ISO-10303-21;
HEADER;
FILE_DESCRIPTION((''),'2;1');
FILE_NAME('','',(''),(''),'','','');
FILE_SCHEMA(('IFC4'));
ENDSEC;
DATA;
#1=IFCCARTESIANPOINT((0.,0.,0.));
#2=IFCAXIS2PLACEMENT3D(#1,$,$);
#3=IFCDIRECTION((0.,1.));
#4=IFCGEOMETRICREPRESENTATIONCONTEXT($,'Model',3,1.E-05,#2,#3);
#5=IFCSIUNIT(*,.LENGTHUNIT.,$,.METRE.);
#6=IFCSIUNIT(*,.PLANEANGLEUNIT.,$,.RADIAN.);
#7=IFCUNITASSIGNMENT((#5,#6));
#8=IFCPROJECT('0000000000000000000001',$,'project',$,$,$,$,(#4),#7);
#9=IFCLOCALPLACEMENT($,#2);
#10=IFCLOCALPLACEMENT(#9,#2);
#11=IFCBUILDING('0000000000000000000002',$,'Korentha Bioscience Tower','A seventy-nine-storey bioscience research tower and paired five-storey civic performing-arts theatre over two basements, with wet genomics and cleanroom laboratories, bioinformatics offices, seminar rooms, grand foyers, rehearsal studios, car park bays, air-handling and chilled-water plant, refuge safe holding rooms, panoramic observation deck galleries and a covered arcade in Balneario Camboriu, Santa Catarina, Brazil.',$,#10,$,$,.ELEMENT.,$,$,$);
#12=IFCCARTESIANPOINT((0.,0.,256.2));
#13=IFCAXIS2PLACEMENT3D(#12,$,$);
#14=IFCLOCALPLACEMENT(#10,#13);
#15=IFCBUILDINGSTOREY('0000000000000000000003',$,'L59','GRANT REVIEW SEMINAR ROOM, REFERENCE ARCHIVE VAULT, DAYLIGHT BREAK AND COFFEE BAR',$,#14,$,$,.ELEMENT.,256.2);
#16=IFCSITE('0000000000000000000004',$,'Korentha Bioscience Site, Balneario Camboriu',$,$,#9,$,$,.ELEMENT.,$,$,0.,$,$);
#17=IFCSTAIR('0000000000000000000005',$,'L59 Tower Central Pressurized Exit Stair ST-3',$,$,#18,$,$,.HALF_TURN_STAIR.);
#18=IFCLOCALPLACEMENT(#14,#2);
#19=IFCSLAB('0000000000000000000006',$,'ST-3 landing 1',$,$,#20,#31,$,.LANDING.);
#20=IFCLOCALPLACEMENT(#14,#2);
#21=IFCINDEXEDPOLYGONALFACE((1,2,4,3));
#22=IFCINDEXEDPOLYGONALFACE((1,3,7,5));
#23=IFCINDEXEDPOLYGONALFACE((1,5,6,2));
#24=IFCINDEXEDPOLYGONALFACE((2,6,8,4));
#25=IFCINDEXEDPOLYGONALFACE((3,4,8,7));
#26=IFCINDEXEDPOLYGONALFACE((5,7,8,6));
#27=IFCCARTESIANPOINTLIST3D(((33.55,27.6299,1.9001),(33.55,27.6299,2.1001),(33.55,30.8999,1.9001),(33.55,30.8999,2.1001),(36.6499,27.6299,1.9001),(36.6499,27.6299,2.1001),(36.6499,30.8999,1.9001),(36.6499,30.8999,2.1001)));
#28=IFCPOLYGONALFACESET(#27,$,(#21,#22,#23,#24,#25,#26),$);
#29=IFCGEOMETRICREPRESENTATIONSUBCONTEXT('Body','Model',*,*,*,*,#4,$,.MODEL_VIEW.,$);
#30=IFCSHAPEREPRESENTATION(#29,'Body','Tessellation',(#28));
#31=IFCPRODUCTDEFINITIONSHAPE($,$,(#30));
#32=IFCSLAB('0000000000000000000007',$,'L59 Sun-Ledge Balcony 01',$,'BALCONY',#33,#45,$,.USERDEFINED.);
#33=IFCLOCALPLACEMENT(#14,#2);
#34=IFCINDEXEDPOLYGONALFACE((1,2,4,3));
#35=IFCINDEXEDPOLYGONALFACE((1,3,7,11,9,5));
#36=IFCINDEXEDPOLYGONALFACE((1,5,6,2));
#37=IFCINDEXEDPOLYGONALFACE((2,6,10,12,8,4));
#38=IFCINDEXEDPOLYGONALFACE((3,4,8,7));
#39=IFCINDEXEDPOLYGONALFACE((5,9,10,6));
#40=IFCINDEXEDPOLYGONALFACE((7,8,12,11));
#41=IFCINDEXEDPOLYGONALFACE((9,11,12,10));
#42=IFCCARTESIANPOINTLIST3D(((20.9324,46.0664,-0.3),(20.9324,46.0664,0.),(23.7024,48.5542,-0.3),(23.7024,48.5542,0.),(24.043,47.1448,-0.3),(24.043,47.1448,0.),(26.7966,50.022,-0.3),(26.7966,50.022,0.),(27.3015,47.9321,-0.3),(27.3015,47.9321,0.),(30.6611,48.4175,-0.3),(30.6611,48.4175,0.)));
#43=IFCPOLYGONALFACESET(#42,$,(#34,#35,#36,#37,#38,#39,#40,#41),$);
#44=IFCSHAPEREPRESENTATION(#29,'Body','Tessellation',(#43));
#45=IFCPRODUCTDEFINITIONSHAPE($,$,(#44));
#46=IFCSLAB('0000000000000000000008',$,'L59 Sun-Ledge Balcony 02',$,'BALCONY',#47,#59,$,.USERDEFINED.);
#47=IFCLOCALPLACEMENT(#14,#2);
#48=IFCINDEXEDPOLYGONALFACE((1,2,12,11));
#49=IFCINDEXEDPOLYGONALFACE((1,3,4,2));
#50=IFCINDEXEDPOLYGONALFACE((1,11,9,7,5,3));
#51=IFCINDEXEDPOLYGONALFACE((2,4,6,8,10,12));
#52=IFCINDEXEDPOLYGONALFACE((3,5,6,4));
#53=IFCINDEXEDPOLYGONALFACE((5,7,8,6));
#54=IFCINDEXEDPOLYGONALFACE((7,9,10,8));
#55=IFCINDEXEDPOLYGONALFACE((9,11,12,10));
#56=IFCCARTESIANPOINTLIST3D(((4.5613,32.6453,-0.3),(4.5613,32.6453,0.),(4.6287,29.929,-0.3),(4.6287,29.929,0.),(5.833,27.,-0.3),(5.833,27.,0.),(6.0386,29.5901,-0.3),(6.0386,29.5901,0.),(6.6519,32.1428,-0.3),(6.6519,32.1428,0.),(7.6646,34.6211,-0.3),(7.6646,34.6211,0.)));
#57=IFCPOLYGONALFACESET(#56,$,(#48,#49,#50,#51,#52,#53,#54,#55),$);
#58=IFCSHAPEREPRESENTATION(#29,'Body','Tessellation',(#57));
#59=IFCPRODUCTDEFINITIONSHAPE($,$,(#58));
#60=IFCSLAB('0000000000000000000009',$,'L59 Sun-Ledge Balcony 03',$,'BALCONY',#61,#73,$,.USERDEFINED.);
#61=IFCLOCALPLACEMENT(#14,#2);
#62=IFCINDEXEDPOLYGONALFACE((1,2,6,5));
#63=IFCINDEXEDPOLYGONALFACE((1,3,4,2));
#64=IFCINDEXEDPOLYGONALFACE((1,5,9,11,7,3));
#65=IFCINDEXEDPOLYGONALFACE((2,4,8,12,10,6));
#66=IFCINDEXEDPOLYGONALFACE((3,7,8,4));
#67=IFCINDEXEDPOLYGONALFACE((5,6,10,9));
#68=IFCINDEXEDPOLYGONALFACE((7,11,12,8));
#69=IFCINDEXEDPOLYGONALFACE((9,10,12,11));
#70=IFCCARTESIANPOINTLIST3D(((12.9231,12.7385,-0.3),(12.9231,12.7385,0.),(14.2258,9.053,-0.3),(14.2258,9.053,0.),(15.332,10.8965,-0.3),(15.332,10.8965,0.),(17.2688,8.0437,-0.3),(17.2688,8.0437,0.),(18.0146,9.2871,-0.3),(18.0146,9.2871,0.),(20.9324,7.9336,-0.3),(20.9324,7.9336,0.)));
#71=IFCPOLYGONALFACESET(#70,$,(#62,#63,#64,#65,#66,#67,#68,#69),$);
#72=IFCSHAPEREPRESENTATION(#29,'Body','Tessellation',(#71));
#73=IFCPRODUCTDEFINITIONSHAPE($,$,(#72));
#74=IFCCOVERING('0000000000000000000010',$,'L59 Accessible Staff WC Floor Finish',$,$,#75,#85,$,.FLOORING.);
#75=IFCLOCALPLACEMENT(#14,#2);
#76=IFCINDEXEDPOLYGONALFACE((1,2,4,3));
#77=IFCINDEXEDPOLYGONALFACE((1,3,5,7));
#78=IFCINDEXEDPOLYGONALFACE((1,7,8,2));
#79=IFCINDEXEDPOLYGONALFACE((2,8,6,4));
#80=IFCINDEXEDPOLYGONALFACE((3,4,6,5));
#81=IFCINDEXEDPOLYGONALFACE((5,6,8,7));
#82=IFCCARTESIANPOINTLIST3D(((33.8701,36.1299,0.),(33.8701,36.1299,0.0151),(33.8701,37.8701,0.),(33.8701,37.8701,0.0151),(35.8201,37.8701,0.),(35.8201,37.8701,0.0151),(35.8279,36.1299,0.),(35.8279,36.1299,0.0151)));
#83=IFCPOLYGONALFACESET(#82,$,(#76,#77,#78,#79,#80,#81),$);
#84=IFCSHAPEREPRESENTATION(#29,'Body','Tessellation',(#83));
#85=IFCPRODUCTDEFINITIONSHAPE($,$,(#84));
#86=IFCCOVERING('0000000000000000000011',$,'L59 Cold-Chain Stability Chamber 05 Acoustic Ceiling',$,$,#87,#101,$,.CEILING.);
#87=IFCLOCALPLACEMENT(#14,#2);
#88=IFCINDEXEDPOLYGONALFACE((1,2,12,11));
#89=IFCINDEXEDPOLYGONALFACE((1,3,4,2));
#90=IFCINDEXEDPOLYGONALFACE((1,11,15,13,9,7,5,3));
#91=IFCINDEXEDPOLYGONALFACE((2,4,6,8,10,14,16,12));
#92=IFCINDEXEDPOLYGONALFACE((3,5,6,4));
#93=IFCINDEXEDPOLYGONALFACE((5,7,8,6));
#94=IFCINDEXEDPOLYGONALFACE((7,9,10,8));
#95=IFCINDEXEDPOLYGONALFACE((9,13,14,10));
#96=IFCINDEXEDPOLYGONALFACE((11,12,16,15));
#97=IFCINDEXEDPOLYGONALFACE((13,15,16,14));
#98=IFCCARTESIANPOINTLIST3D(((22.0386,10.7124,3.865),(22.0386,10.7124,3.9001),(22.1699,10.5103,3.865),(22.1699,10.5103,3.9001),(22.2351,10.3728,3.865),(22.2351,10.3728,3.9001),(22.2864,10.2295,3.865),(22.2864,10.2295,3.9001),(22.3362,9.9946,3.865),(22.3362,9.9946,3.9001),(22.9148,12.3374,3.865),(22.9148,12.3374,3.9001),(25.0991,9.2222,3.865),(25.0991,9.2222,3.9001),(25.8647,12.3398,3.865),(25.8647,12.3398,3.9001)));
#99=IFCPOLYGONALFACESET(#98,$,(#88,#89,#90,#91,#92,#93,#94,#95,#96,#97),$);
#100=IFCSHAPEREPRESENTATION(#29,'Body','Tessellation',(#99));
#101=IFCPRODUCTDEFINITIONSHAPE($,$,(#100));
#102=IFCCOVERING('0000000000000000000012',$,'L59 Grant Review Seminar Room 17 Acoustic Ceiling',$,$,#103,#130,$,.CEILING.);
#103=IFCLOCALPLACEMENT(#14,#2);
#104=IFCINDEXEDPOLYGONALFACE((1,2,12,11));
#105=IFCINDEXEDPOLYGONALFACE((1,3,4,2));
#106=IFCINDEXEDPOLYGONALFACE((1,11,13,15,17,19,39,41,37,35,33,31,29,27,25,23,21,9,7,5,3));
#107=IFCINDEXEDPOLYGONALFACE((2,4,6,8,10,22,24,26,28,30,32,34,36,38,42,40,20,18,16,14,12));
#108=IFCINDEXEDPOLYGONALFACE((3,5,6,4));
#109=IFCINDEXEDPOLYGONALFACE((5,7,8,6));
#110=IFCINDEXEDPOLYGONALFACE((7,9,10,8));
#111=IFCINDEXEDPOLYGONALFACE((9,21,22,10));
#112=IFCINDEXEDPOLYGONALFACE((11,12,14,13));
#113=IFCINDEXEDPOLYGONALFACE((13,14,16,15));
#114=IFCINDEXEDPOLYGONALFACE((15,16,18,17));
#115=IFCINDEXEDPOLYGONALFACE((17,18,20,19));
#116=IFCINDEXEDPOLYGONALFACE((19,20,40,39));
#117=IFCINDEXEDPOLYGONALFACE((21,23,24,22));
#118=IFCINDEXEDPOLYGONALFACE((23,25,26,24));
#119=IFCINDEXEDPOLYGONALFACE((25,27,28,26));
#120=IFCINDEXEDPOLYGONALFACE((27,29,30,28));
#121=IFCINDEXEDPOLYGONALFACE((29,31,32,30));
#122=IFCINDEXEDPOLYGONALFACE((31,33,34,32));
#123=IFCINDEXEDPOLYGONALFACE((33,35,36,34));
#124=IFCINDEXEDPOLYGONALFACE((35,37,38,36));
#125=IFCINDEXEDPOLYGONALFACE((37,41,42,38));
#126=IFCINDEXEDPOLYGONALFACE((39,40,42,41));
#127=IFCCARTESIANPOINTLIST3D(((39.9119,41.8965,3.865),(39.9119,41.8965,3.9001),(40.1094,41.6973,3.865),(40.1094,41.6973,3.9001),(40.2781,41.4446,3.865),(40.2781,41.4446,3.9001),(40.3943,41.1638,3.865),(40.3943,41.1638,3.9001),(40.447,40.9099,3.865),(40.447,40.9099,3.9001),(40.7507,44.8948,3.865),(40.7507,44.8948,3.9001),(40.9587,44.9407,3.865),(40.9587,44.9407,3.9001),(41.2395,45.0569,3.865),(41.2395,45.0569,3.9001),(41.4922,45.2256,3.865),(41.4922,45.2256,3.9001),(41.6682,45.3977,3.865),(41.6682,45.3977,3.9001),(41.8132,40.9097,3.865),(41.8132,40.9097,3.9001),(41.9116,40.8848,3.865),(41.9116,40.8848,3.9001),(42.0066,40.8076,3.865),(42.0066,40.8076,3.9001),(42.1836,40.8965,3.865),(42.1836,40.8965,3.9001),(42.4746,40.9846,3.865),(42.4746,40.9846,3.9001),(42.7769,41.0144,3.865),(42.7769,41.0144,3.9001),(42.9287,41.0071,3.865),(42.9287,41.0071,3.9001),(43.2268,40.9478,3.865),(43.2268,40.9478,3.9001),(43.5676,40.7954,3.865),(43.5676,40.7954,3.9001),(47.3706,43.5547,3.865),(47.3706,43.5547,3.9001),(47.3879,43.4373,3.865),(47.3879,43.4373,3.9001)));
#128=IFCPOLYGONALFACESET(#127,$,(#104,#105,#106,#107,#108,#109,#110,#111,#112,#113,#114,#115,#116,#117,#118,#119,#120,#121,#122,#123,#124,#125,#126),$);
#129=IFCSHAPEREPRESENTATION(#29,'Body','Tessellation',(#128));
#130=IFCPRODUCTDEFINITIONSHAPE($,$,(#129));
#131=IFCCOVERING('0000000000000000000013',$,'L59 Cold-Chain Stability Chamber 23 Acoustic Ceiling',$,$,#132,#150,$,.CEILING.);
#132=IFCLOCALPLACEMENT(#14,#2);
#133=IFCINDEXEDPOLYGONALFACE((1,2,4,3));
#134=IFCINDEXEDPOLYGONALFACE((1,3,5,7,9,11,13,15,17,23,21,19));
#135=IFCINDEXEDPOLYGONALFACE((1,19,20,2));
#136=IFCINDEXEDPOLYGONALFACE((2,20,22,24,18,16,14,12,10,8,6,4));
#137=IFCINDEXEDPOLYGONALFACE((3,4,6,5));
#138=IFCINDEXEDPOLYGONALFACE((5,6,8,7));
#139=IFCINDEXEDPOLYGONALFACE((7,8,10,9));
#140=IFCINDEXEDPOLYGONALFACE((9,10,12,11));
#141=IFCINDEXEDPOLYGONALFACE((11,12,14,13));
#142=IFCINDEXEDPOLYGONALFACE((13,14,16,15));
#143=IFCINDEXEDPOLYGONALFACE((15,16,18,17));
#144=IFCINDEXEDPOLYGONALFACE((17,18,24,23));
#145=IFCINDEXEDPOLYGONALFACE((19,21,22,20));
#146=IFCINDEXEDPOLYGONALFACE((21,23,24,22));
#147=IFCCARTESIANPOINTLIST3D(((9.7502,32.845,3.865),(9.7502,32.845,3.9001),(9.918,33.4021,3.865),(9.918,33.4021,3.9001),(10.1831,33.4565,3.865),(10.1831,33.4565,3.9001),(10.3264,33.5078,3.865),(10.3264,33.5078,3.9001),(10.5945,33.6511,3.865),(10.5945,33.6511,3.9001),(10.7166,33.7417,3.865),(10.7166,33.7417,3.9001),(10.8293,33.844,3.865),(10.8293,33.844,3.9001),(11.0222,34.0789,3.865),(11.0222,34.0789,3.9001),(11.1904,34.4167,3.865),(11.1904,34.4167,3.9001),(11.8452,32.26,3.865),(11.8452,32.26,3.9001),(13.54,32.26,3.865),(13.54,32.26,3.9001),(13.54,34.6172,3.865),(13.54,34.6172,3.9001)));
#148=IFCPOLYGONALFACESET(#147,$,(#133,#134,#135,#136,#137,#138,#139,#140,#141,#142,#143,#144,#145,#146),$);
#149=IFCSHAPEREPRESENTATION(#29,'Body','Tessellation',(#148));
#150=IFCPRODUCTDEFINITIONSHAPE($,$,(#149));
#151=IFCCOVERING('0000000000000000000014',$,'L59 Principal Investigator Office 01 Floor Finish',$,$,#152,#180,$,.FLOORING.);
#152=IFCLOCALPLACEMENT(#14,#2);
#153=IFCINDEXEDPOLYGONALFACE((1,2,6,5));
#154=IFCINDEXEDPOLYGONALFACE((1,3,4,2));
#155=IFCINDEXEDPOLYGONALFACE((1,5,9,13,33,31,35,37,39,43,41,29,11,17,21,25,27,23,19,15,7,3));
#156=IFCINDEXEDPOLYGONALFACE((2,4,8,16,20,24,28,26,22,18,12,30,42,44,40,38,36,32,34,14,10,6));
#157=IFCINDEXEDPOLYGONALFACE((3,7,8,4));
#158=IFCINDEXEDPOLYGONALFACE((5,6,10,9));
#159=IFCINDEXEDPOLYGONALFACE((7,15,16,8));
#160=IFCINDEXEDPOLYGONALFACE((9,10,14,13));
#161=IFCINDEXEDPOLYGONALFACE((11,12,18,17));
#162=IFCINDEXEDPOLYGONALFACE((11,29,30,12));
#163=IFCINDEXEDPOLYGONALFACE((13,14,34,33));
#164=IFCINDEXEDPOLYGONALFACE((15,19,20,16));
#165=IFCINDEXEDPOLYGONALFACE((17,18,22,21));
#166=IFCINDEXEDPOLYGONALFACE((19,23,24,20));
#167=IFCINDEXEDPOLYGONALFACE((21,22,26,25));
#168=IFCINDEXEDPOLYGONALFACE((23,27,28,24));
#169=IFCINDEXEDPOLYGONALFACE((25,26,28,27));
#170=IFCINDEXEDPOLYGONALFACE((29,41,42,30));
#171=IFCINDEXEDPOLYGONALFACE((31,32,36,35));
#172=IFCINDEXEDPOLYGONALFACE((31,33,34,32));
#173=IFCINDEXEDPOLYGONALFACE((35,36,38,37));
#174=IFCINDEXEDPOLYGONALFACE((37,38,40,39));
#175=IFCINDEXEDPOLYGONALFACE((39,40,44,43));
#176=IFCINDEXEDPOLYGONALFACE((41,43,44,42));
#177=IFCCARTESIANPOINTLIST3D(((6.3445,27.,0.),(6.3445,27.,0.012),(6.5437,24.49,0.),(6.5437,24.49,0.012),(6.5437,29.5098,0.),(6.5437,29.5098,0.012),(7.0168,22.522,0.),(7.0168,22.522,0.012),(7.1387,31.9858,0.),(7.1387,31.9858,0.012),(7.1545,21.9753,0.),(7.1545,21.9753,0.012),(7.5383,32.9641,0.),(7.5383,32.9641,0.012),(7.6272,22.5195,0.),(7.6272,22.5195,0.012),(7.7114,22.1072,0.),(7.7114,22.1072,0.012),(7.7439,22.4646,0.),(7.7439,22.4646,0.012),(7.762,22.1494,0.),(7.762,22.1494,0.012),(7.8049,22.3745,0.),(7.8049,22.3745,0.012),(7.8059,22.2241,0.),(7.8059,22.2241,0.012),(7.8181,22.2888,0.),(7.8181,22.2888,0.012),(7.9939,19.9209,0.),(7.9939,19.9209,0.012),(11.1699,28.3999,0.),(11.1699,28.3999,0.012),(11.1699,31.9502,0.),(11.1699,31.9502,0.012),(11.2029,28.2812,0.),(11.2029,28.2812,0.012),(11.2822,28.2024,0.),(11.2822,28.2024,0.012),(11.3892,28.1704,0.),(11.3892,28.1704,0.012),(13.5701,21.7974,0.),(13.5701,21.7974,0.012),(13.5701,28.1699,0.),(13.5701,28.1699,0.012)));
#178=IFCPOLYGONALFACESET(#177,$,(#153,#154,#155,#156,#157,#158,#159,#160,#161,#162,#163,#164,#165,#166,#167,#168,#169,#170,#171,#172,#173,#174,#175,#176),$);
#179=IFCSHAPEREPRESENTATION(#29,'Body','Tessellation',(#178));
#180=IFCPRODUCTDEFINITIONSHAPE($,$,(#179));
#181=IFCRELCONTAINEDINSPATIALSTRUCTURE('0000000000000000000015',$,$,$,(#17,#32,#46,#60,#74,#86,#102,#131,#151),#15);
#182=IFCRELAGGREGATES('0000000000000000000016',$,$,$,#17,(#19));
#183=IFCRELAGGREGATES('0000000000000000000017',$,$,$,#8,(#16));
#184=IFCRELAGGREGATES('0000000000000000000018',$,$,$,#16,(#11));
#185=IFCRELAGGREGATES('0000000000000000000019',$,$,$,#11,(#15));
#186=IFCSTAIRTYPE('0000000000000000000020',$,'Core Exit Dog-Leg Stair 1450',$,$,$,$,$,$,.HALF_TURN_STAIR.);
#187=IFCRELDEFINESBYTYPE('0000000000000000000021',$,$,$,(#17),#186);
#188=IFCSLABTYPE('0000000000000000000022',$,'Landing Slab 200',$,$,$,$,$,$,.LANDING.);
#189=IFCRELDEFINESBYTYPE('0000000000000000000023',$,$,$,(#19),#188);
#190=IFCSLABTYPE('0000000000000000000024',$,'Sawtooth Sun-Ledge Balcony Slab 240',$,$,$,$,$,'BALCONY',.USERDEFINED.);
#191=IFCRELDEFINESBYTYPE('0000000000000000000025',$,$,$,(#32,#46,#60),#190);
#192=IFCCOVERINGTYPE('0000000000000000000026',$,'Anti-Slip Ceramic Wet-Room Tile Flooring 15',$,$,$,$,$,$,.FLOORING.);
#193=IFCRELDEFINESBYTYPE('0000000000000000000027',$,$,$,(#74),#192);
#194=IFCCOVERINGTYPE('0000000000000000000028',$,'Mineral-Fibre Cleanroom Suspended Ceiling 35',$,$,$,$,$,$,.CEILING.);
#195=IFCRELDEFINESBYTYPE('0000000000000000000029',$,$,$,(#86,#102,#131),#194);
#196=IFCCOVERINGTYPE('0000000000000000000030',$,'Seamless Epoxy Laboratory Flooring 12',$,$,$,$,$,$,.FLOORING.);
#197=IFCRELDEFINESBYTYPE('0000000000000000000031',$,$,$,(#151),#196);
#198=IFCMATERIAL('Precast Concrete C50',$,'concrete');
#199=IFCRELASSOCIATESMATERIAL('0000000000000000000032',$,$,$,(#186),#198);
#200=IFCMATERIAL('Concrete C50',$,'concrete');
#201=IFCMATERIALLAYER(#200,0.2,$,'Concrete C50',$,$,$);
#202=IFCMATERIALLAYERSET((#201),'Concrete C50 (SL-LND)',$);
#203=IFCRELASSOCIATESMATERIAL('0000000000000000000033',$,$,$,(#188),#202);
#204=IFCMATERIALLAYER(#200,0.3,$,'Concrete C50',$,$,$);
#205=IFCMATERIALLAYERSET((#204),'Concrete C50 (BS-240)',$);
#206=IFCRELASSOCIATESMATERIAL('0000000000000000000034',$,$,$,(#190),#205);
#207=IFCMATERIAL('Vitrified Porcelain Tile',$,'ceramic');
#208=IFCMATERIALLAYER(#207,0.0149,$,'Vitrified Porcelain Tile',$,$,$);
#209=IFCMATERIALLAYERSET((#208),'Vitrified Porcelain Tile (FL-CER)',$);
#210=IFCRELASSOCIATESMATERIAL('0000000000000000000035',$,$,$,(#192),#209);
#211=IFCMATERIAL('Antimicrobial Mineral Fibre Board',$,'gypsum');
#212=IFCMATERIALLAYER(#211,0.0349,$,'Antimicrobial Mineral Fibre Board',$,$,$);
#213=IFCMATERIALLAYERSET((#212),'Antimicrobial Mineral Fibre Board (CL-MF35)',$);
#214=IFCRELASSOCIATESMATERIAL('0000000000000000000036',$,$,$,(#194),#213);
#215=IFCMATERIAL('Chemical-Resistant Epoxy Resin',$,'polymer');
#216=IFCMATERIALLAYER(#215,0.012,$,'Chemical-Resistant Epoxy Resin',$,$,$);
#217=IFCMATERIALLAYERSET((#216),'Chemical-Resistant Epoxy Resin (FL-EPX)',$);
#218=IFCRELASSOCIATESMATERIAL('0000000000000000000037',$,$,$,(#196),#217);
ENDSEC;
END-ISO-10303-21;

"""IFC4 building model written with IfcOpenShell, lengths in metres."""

from ifc_helpers import new_model, si_unit, direction, frame, origin, place, context, subcontext, project, spatial, polyline, outline, extrude, material, layer, layer_set, type_object, element, aggregate, save


model = new_model("IFC4")

# Units and contexts
model_context = context("Model", 3, precision=1e-05, world=origin(), true_north=direction((0.0, 1.0)))
body_context = subcontext(model_context, "Body", "Model", "MODEL_VIEW")
ifc_project = project(units=[si_unit("LENGTHUNIT", "METRE"), si_unit("PLANEANGLEUNIT", "RADIAN")], contexts=[model_context])

# Site, building, storey
site_placement = place(None, origin())
site = spatial("IfcSite", under=ifc_project, at=site_placement, Name="Korentha Bioscience Site, Balneario Camboriu", CompositionType="ELEMENT", RefElevation=0.0)
building_placement = place(site_placement, origin())
building = spatial("IfcBuilding", under=site, at=building_placement, Name="Korentha Bioscience Tower", Description="A seventy-nine-storey bioscience research tower and paired five-storey civic performing-arts theatre over two basements, with wet genomics and cleanroom laboratories, bioinformatics offices, seminar rooms, grand foyers, rehearsal studios, car park bays, air-handling and chilled-water plant, refuge safe holding rooms, panoramic observation deck galleries and a covered arcade in Balneario Camboriu, Santa Catarina, Brazil.", CompositionType="ELEMENT")
storey_placement = place(building_placement, frame((0.0, 0.0, 256.2)))
storey = spatial("IfcBuildingStorey", under=building, at=storey_placement, Name="L59", Description="GRANT REVIEW SEMINAR ROOM, REFERENCE ARCHIVE VAULT, DAYLIGHT BREAK AND COFFEE BAR", CompositionType="ELEMENT", Elevation=256.2)

# Shared definitions
ifc_material_1 = material(Name="Concrete C50", Category="concrete")

# Stair, slab
ifc_material_2 = material(Name="Precast Concrete C50", Category="concrete")
stair_type = type_object("IfcStairType", Name="Core Exit Dog-Leg Stair 1450", PredefinedType="HALF_TURN_STAIR", material=ifc_material_2)
ifc_layer_1 = layer(ifc_material_1, 0.2, Name="Concrete C50")
ifc_layer_set_1 = layer_set([ifc_layer_1], Name="Concrete C50 (SL-LND)")
slab_type_1 = type_object("IfcSlabType", Name="Landing Slab 200", PredefinedType="LANDING", material=ifc_layer_set_1)
stair_1_placement = place(storey_placement, origin())
stair_1 = element("IfcStair", 1, at=stair_1_placement, inside=storey, type_object=stair_type, Name="L59 Tower Central Pressurized Exit Stair ST-3", PredefinedType="HALF_TURN_STAIR")
slab_1_placement = place(storey_placement, frame((0.0, 0.0, 1.9001)))
slab_1 = element("IfcSlab", 2, at=slab_1_placement, type_object=slab_type_1, Name="ST-3 landing 1", PredefinedType="LANDING", context=body_context, shape_type="SweptSolid", body=[
    extrude(outline(polyline([(36.6499, 27.6299), (36.6499, 30.8999), (33.55, 30.8999), (33.55, 27.6299), (36.6499, 27.6299)])), origin(), (0.0, 0.0, 1.0), 0.2),
])
aggregate(stair_1, [slab_1])

# Slabs
ifc_layer_2 = layer(ifc_material_1, 0.3, Name="Concrete C50")
ifc_layer_set_2 = layer_set([ifc_layer_2], Name="Concrete C50 (BS-240)")
slab_type_2 = type_object("IfcSlabType", Name="Sawtooth Sun-Ledge Balcony Slab 240", ElementType="BALCONY", PredefinedType="USERDEFINED", material=ifc_layer_set_2)
slab_2_placement = place(storey_placement, frame((0.0, 0.0, -0.3)))
element("IfcSlab", 3, at=slab_2_placement, inside=storey, type_object=slab_type_2, Name="L59 Sun-Ledge Balcony 01", ObjectType="BALCONY", PredefinedType="USERDEFINED", context=body_context, shape_type="SweptSolid", body=[
    extrude(outline(polyline([(20.9324, 46.0664), (24.043, 47.1448), (27.3015, 47.9321), (30.6611, 48.4175), (26.7966, 50.022), (23.7024, 48.5542), (20.9324, 46.0664)])), origin(), (0.0, 0.0, 1.0), 0.3),
])
slab_3_placement = place(storey_placement, frame((0.0, 0.0, -0.3)))
element("IfcSlab", 4, at=slab_3_placement, inside=storey, type_object=slab_type_2, Name="L59 Sun-Ledge Balcony 02", ObjectType="BALCONY", PredefinedType="USERDEFINED", context=body_context, shape_type="SweptSolid", body=[
    extrude(outline(polyline([(5.833, 27.0), (6.0386, 29.5901), (6.6519, 32.1428), (7.6646, 34.6211), (4.5613, 32.6453), (4.6287, 29.929), (5.833, 27.0)])), origin(), (0.0, 0.0, 1.0), 0.3),
])
slab_4_placement = place(storey_placement, frame((0.0, 0.0, -0.3)))
element("IfcSlab", 5, at=slab_4_placement, inside=storey, type_object=slab_type_2, Name="L59 Sun-Ledge Balcony 03", ObjectType="BALCONY", PredefinedType="USERDEFINED", context=body_context, shape_type="SweptSolid", body=[
    extrude(outline(polyline([(20.9324, 7.9336), (18.0146, 9.2871), (15.332, 10.8965), (12.9231, 12.7385), (14.2258, 9.053), (17.2688, 8.0437), (20.9324, 7.9336)])), origin(), (0.0, 0.0, 1.0), 0.3),
])

# Coverings
ifc_material_3 = material(Name="Vitrified Porcelain Tile", Category="ceramic")
ifc_layer_3 = layer(ifc_material_3, 0.0149, Name="Vitrified Porcelain Tile")
ifc_layer_set_3 = layer_set([ifc_layer_3], Name="Vitrified Porcelain Tile (FL-CER)")
covering_type_1 = type_object("IfcCoveringType", Name="Anti-Slip Ceramic Wet-Room Tile Flooring 15", PredefinedType="FLOORING", material=ifc_layer_set_3)
covering_1_placement = place(storey_placement, origin())
element("IfcCovering", 6, at=covering_1_placement, inside=storey, type_object=covering_type_1, Name="L59 Accessible Staff WC Floor Finish", PredefinedType="FLOORING", context=body_context, shape_type="SweptSolid", body=[
    extrude(outline(polyline([(33.8701, 36.1299), (33.8701, 37.8701), (35.8201, 37.8701), (35.8279, 36.1299), (33.8701, 36.1299)])), origin(), (0.0, 0.0, 1.0), 0.0151),
])
ifc_material_4 = material(Name="Antimicrobial Mineral Fibre Board", Category="gypsum")
ifc_layer_4 = layer(ifc_material_4, 0.0349, Name="Antimicrobial Mineral Fibre Board")
ifc_layer_set_4 = layer_set([ifc_layer_4], Name="Antimicrobial Mineral Fibre Board (CL-MF35)")
covering_type_2 = type_object("IfcCoveringType", Name="Mineral-Fibre Cleanroom Suspended Ceiling 35", PredefinedType="CEILING", material=ifc_layer_set_4)
covering_2_placement = place(storey_placement, frame((0.0, 0.0, 3.865)))
element("IfcCovering", 7, at=covering_2_placement, inside=storey, type_object=covering_type_2, Name="L59 Cold-Chain Stability Chamber 05 Acoustic Ceiling", PredefinedType="CEILING", context=body_context, shape_type="SweptSolid", body=[
    extrude(outline(polyline([(25.0991, 9.2222), (22.3362, 9.9946), (22.2864, 10.2295), (22.2351, 10.3728), (22.1699, 10.5103), (22.0386, 10.7124), (22.9148, 12.3374), (25.8647, 12.3398), (25.0991, 9.2222)])), origin(), (0.0, 0.0, 1.0), 0.0352),
])
covering_3_placement = place(storey_placement, frame((0.0, 0.0, 3.865)))
element("IfcCovering", 8, at=covering_3_placement, inside=storey, type_object=covering_type_2, Name="L59 Grant Review Seminar Room 17 Acoustic Ceiling", PredefinedType="CEILING", context=body_context, shape_type="SweptSolid", body=[
    extrude(outline(polyline([(42.0066, 40.8076), (41.9116, 40.8848), (41.8132, 40.9097), (40.447, 40.9099), (40.3943, 41.1638), (40.2781, 41.4446), (40.1094, 41.6973), (39.9119, 41.8965), (40.7507, 44.8948), (40.9587, 44.9407), (41.2395, 45.0569), (41.4922, 45.2256), (41.6682, 45.3977), (47.3706, 43.5547), (47.3879, 43.4373), (43.5676, 40.7954), (43.2268, 40.9478), (42.9287, 41.0071), (42.7769, 41.0144), (42.4746, 40.9846), (42.1836, 40.8965), (42.0066, 40.8076)])), origin(), (0.0, 0.0, 1.0), 0.0352),
])
covering_4_placement = place(storey_placement, frame((0.0, 0.0, 3.865)))
element("IfcCovering", 9, at=covering_4_placement, inside=storey, type_object=covering_type_2, Name="L59 Cold-Chain Stability Chamber 23 Acoustic Ceiling", PredefinedType="CEILING", context=body_context, shape_type="SweptSolid", body=[
    extrude(outline(polyline([(11.8452, 32.26), (9.7502, 32.845), (9.918, 33.4021), (10.1831, 33.4565), (10.3264, 33.5078), (10.5945, 33.6511), (10.7166, 33.7417), (10.8293, 33.844), (11.0222, 34.0789), (11.1904, 34.4167), (13.54, 34.6172), (13.54, 32.26), (11.8452, 32.26)])), origin(), (0.0, 0.0, 1.0), 0.0352),
])
ifc_material_5 = material(Name="Chemical-Resistant Epoxy Resin", Category="polymer")
ifc_layer_5 = layer(ifc_material_5, 0.012, Name="Chemical-Resistant Epoxy Resin")
ifc_layer_set_5 = layer_set([ifc_layer_5], Name="Chemical-Resistant Epoxy Resin (FL-EPX)")
covering_type_3 = type_object("IfcCoveringType", Name="Seamless Epoxy Laboratory Flooring 12", PredefinedType="FLOORING", material=ifc_layer_set_5)
covering_5_placement = place(storey_placement, origin())
element("IfcCovering", 10, at=covering_5_placement, inside=storey, type_object=covering_type_3, Name="L59 Principal Investigator Office 01 Floor Finish", PredefinedType="FLOORING", context=body_context, shape_type="SweptSolid", body=[
    extrude(outline(polyline([(6.5437, 29.5098), (7.1387, 31.9858), (7.5383, 32.9641), (11.1699, 31.9502), (11.1699, 28.3999), (11.2029, 28.2812), (11.2822, 28.2024), (11.3892, 28.1704), (13.5701, 28.1699), (13.5701, 21.7974), (7.9939, 19.9209), (7.1545, 21.9753), (7.7114, 22.1072), (7.762, 22.1494), (7.8059, 22.2241), (7.8181, 22.2888), (7.8049, 22.3745), (7.7439, 22.4646), (7.6272, 22.5195), (7.0168, 22.522), (6.5437, 24.49), (6.3445, 27.0), (6.5437, 29.5098)])), origin(), (0.0, 0.0, 1.0), 0.012),
])

save(model, "model.ifc")
